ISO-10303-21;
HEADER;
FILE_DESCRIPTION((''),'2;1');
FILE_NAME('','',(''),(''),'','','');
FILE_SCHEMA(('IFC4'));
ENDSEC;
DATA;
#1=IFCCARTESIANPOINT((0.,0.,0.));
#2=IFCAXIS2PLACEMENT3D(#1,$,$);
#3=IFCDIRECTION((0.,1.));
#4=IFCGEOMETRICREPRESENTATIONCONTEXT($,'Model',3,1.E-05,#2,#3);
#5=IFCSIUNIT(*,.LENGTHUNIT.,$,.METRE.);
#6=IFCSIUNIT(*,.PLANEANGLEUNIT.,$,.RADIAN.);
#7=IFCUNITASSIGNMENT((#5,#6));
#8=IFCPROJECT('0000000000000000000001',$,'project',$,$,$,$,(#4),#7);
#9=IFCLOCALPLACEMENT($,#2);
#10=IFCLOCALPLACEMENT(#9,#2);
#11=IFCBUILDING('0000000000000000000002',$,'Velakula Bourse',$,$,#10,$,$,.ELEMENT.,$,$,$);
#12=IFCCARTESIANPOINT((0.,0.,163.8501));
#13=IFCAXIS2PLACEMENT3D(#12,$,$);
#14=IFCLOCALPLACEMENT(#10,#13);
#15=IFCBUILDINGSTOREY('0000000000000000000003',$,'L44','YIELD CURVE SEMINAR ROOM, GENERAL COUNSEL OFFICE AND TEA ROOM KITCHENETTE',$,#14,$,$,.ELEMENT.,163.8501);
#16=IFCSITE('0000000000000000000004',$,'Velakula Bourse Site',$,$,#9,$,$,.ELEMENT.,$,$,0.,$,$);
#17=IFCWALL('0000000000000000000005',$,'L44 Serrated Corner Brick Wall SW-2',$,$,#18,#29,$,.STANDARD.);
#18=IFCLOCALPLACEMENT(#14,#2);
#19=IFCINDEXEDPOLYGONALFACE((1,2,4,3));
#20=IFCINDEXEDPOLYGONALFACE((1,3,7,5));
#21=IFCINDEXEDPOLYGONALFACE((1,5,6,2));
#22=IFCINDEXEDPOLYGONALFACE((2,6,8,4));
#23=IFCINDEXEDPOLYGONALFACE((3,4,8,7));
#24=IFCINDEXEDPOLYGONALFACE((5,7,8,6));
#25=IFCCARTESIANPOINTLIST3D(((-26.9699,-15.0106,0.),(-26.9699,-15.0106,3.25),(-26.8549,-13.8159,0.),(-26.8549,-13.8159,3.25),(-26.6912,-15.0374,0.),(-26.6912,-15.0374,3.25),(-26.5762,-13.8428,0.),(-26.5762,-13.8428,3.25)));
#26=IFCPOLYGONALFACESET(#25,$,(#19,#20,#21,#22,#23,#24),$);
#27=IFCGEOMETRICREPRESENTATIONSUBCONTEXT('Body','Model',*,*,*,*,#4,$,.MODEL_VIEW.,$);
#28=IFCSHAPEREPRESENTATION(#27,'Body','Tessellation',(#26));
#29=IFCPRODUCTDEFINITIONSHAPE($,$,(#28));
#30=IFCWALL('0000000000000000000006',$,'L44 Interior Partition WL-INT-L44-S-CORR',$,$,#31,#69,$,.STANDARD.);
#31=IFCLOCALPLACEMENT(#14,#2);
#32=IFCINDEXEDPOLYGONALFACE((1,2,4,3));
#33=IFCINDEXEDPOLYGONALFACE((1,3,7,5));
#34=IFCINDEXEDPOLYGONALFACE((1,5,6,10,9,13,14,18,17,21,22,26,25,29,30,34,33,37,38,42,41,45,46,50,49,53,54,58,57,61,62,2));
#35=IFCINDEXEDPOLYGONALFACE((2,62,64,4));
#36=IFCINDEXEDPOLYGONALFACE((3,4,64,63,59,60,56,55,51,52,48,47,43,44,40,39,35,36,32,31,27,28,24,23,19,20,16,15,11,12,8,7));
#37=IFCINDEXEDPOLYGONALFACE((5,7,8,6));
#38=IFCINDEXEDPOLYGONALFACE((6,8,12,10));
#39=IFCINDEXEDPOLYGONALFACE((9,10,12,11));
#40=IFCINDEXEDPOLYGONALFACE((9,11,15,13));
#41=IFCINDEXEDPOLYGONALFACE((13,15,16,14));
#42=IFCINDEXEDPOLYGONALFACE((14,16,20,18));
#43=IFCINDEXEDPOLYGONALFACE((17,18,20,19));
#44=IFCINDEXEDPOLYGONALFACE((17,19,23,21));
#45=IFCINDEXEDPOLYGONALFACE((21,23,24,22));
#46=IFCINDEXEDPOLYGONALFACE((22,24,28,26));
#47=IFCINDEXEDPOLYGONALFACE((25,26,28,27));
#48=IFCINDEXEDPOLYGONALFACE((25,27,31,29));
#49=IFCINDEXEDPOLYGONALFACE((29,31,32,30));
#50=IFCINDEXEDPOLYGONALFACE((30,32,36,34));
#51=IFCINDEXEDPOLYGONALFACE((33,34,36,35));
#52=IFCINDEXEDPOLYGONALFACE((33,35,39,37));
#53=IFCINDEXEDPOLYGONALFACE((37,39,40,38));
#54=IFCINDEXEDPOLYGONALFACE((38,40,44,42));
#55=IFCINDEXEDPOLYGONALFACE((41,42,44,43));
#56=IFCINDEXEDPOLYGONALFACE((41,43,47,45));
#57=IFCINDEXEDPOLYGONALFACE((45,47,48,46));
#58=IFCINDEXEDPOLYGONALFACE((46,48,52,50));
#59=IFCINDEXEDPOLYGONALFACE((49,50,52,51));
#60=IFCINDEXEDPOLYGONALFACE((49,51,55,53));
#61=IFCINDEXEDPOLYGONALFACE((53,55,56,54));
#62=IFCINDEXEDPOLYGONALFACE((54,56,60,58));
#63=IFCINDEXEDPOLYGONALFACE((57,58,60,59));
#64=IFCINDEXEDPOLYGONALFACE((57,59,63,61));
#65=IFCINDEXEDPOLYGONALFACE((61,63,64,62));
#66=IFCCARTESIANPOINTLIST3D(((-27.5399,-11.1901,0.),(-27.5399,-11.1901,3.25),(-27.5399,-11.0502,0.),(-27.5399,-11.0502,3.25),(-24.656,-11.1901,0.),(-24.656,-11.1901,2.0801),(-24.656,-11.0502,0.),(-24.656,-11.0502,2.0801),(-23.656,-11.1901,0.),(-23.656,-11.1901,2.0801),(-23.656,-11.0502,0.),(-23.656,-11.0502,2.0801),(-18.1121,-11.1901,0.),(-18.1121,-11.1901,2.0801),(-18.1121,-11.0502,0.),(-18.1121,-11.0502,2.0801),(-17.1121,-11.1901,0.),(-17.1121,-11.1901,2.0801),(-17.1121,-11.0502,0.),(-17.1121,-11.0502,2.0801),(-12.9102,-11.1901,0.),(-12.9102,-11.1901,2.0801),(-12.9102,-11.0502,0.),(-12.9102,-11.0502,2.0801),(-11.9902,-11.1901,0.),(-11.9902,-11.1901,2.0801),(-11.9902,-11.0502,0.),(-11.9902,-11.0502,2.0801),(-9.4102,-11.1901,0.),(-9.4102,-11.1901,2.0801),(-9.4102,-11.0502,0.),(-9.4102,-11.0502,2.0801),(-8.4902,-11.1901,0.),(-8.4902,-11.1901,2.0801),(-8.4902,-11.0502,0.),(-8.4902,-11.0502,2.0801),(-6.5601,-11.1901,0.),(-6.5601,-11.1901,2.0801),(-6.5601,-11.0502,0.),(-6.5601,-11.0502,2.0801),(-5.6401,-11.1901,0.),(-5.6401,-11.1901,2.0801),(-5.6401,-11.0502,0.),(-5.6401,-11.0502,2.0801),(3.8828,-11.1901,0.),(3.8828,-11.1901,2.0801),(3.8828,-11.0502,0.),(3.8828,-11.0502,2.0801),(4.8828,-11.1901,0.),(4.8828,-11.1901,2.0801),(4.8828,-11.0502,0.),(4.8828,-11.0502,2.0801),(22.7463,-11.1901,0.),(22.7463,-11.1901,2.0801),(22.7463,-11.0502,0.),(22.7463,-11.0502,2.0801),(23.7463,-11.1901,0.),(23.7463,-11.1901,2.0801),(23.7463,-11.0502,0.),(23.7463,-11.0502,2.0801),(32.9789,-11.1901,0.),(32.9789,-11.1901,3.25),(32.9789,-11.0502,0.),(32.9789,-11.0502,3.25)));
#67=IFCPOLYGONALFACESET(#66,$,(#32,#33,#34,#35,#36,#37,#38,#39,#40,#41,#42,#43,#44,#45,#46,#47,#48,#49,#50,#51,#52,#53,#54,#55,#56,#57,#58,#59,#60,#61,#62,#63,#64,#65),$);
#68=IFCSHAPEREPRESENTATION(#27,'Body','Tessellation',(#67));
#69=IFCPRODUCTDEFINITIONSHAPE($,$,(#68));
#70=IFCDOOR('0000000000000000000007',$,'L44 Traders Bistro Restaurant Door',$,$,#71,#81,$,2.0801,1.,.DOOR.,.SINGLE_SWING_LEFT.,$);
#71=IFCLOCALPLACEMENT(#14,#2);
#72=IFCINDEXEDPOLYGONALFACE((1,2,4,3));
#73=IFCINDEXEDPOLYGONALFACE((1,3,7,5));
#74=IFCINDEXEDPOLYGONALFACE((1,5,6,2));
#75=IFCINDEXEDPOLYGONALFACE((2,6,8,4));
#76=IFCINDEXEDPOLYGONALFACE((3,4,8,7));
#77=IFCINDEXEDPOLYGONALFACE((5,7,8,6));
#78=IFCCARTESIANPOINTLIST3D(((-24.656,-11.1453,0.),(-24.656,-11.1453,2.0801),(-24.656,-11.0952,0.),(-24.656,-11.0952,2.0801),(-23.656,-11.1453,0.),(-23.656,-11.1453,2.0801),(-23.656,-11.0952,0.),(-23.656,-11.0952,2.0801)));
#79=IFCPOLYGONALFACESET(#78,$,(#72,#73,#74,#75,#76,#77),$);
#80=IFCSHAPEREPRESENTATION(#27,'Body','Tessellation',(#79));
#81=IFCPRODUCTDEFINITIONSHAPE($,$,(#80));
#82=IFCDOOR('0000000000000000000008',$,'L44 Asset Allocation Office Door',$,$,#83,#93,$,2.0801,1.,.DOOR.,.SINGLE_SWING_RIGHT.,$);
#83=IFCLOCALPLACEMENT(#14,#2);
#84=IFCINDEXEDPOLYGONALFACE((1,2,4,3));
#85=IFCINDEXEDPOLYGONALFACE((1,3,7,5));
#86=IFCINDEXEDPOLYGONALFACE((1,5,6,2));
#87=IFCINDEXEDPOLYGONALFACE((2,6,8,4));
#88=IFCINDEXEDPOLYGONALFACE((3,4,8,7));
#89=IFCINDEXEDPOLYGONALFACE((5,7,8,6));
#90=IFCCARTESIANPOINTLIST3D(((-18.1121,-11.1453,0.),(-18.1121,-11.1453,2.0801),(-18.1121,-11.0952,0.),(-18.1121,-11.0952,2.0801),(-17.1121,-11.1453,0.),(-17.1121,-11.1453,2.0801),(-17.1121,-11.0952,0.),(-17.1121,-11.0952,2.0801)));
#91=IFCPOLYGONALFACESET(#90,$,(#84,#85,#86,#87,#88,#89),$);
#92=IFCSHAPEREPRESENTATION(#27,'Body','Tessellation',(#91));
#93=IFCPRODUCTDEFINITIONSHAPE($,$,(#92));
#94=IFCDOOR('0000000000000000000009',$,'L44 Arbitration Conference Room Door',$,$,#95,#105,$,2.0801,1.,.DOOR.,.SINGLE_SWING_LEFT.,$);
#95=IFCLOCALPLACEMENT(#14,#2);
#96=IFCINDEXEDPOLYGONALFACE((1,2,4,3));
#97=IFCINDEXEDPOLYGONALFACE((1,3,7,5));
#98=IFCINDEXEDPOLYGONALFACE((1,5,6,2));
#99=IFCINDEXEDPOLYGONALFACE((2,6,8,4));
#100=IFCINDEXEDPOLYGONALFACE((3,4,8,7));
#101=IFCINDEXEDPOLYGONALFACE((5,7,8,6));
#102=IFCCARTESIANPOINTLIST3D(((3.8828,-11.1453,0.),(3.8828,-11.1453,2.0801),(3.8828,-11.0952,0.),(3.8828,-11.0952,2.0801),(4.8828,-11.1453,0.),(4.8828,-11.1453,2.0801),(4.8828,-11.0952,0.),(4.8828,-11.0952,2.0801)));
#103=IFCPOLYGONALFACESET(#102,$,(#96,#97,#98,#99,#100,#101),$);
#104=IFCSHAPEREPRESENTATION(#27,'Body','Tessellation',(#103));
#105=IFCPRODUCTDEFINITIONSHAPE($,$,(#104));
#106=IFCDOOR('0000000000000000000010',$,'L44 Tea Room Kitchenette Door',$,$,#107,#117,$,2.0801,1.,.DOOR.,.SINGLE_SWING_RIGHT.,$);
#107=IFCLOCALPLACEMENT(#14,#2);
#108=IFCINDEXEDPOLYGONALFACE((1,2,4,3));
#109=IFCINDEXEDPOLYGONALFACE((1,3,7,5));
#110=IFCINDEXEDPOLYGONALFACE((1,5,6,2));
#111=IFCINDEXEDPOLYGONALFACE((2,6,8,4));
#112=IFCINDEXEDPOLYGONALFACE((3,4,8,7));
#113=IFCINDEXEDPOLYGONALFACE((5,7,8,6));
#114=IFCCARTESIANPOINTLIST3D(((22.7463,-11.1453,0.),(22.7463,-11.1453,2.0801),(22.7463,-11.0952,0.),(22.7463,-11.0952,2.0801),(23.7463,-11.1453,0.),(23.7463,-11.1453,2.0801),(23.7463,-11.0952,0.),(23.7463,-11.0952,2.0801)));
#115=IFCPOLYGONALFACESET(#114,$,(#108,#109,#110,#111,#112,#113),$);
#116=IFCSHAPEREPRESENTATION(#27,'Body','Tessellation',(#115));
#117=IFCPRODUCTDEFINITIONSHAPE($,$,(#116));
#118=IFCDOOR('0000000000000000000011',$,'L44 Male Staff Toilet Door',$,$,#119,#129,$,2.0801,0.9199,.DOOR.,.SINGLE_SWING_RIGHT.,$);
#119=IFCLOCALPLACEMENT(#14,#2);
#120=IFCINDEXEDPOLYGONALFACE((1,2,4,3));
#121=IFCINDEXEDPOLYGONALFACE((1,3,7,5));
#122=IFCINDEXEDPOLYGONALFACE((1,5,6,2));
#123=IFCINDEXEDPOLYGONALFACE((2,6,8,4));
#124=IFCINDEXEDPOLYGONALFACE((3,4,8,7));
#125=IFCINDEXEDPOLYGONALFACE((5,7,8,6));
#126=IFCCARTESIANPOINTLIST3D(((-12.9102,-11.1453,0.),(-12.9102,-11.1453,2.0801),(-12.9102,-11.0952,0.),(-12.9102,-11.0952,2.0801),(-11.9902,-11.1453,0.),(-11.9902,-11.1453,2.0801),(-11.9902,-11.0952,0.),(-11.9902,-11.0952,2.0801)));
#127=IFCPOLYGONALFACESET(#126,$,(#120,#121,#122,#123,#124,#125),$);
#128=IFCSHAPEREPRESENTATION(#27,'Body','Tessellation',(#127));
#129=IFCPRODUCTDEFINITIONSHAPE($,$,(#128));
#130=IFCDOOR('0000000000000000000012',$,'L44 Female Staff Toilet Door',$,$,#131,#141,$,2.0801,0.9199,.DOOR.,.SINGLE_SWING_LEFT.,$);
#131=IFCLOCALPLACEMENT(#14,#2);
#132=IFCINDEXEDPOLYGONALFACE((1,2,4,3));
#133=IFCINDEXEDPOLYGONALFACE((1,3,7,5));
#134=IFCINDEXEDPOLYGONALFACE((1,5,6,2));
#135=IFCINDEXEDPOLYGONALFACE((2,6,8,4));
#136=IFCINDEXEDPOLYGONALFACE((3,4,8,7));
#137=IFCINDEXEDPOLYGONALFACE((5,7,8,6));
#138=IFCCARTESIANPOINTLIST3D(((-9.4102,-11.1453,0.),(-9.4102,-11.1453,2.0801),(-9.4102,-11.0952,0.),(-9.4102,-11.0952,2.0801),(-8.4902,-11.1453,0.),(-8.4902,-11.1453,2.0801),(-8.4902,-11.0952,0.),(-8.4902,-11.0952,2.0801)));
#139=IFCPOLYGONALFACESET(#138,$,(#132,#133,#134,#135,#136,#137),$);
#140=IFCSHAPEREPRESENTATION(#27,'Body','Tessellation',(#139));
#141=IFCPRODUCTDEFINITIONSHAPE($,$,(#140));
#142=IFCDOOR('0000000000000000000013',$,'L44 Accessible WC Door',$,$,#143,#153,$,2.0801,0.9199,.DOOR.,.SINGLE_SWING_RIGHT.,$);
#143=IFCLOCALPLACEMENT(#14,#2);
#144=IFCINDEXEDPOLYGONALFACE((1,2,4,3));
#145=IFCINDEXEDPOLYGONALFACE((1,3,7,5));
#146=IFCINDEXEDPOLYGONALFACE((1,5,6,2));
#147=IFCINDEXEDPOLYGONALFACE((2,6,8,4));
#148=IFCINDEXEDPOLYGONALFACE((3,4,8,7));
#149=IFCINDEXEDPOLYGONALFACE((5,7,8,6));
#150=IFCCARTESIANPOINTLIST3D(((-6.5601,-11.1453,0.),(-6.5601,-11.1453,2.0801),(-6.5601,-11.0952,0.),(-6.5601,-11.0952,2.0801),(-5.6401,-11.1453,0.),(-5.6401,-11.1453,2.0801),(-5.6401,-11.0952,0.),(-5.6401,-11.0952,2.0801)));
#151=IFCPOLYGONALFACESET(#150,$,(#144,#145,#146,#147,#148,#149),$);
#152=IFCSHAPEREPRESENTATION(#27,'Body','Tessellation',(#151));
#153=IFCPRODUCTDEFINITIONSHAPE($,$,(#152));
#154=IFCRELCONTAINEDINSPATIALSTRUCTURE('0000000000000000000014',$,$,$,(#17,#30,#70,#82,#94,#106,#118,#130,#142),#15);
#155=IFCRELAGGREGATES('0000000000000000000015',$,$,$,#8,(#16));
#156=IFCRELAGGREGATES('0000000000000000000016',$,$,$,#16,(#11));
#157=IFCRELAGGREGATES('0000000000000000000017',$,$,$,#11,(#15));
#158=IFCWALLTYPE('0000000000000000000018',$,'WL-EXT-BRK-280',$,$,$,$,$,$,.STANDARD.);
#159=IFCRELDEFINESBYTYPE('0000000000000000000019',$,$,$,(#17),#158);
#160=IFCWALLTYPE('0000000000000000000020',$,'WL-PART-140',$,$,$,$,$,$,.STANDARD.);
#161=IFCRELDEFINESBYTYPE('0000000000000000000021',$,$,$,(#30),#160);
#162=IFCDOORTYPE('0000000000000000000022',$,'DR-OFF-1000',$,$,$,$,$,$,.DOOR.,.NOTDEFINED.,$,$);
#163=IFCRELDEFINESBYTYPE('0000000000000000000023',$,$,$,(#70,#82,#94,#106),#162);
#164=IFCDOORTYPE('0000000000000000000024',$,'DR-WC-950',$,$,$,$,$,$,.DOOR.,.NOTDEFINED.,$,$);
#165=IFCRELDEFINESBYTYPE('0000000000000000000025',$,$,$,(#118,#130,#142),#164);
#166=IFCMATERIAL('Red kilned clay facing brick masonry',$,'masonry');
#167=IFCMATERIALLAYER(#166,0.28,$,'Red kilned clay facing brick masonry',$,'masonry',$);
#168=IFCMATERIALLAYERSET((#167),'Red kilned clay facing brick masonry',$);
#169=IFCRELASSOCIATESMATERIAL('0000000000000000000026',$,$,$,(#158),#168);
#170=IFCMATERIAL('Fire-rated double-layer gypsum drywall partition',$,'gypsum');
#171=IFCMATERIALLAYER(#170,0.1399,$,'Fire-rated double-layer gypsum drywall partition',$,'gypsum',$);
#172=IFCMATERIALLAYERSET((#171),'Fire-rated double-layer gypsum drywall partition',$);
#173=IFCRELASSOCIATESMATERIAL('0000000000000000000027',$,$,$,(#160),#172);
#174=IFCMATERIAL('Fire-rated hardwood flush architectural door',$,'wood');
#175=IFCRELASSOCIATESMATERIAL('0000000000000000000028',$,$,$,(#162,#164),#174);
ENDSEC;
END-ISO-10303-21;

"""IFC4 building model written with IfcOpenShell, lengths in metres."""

from ifc_helpers import new_model, si_unit, direction, frame, frame_2d, origin, place, context, subcontext, project, spatial, rectangle, extrude, material, layer, layer_set, type_object, element, fill, save


model = new_model("IFC4")

# Units and contexts
model_context = context("Model", 3, precision=1e-05, world=origin(), true_north=direction((0.0, 1.0)))
body_context = subcontext(model_context, "Body", "Model", "MODEL_VIEW")
ifc_project = project(units=[si_unit("LENGTHUNIT", "METRE"), si_unit("PLANEANGLEUNIT", "RADIAN")], contexts=[model_context])

# Site, building, storey
site_placement = place(None, origin())
site = spatial("IfcSite", under=ifc_project, at=site_placement, Name="Velakula Bourse Site", CompositionType="ELEMENT", RefElevation=0.0)
building_placement = place(site_placement, origin())
building = spatial("IfcBuilding", under=site, at=building_placement, Name="Velakula Bourse", CompositionType="ELEMENT")
storey_placement = place(building_placement, frame((0.0, 0.0, 163.8501)))
storey = spatial("IfcBuildingStorey", under=building, at=storey_placement, Name="L44", Description="YIELD CURVE SEMINAR ROOM, GENERAL COUNSEL OFFICE AND TEA ROOM KITCHENETTE", CompositionType="ELEMENT", Elevation=163.8501)

# Shared definitions
ifc_material_1 = material(Name="Red kilned clay facing brick masonry", Category="masonry")
ifc_layer_1 = layer(ifc_material_1, 0.28, Name="Red kilned clay facing brick masonry", Category="masonry")
ifc_layer_set_1 = layer_set([ifc_layer_1], Name="Red kilned clay facing brick masonry")
wall_type_1 = type_object("IfcWallType", Name="WL-EXT-BRK-280", PredefinedType="STANDARD", material=ifc_layer_set_1)

# Wall
wall_1_placement = place(storey_placement, frame((-26.7156, -13.8293, 0.0), z_axis=(0.0, 0.0, 1.0), x_axis=(-0.095817, -0.995399, 0.0)))
element("IfcWall", 1, at=wall_1_placement, inside=storey, type_object=wall_type_1, Name="L44 Serrated Corner Brick Wall SW-2", PredefinedType="STANDARD", context=body_context, shape_type="SweptSolid", body=[
    extrude(rectangle(XDim=1.2002, YDim=0.28, at=frame_2d((0.6001, 0.0))), origin(), (0.0, 0.0, 1.0), 3.25),
])

# Wall, openings, doors
ifc_material_2 = material(Name="Fire-rated double-layer gypsum drywall partition", Category="gypsum")
ifc_layer_2 = layer(ifc_material_2, 0.1399, Name="Fire-rated double-layer gypsum drywall partition", Category="gypsum")
ifc_layer_set_2 = layer_set([ifc_layer_2], Name="Fire-rated double-layer gypsum drywall partition")
wall_type_2 = type_object("IfcWallType", Name="WL-PART-140", PredefinedType="STANDARD", material=ifc_layer_set_2)
wall_2_placement = place(storey_placement, frame((-27.5398, -11.1201, 0.0), z_axis=(0.0, 0.0, 1.0), x_axis=(1.0, 0.0, 0.0)))
wall_2 = element("IfcWall", 2, at=wall_2_placement, inside=storey, type_object=wall_type_2, Name="L44 Interior Partition WL-INT-L44-S-CORR", PredefinedType="STANDARD", context=body_context, shape_type="SweptSolid", body=[
    extrude(rectangle(XDim=60.5188, YDim=0.1399, at=frame_2d((30.2593, 0.0))), origin(), (0.0, 0.0, 1.0), 3.25),
])
opening_1_placement = place(wall_2_placement, frame((14.6296, 0.0, 0.0)))
opening_1 = element("IfcOpeningElement", 3, at=opening_1_placement, cuts=wall_2, PredefinedType="OPENING", context=body_context, shape_type="SweptSolid", body=[
    extrude(rectangle(XDim=0.9199, YDim=2.0801, at=frame_2d((0.46, 1.04))), frame((0.0, 0.0798, 0.0), z_axis=(0.0, -1.0, 0.0), x_axis=(1.0, 0.0, 0.0)), (0.0, 0.0, 1.0), 0.1599),
])
opening_2_placement = place(wall_2_placement, frame((18.1296, 0.0, 0.0)))
opening_2 = element("IfcOpeningElement", 4, at=opening_2_placement, cuts=wall_2, PredefinedType="OPENING", context=body_context, shape_type="SweptSolid", body=[
    extrude(rectangle(XDim=0.9199, YDim=2.0801, at=frame_2d((0.46, 1.04))), frame((0.0, 0.0798, 0.0), z_axis=(0.0, -1.0, 0.0), x_axis=(1.0, 0.0, 0.0)), (0.0, 0.0, 1.0), 0.1599),
])
opening_3_placement = place(wall_2_placement, frame((20.9797, 0.0, 0.0)))
opening_3 = element("IfcOpeningElement", 5, at=opening_3_placement, cuts=wall_2, PredefinedType="OPENING", context=body_context, shape_type="SweptSolid", body=[
    extrude(rectangle(XDim=0.9199, YDim=2.0801, at=frame_2d((0.46, 1.04))), frame((0.0, 0.0798, 0.0), z_axis=(0.0, -1.0, 0.0), x_axis=(1.0, 0.0, 0.0)), (0.0, 0.0, 1.0), 0.1599),
])
opening_4_placement = place(wall_2_placement, frame((2.8838, 0.0, 0.0)))
opening_4 = element("IfcOpeningElement", 6, at=opening_4_placement, cuts=wall_2, PredefinedType="OPENING", context=body_context, shape_type="SweptSolid", body=[
    extrude(rectangle(XDim=1.0, YDim=2.0801, at=frame_2d((0.5, 1.04))), frame((0.0, 0.0798, 0.0), z_axis=(0.0, -1.0, 0.0), x_axis=(1.0, 0.0, 0.0)), (0.0, 0.0, 1.0), 0.1599),
])
opening_5_placement = place(wall_2_placement, frame((9.4277, 0.0, 0.0)))
opening_5 = element("IfcOpeningElement", 7, at=opening_5_placement, cuts=wall_2, PredefinedType="OPENING", context=body_context, shape_type="SweptSolid", body=[
    extrude(rectangle(XDim=1.0, YDim=2.0801, at=frame_2d((0.5, 1.04))), frame((0.0, 0.0798, 0.0), z_axis=(0.0, -1.0, 0.0), x_axis=(1.0, 0.0, 0.0)), (0.0, 0.0, 1.0), 0.1599),
])
opening_6_placement = place(wall_2_placement, frame((31.4226, 0.0, 0.0)))
opening_6 = element("IfcOpeningElement", 8, at=opening_6_placement, cuts=wall_2, PredefinedType="OPENING", context=body_context, shape_type="SweptSolid", body=[
    extrude(rectangle(XDim=1.0, YDim=2.0801, at=frame_2d((0.5, 1.04))), frame((0.0, 0.0798, 0.0), z_axis=(0.0, -1.0, 0.0), x_axis=(1.0, 0.0, 0.0)), (0.0, 0.0, 1.0), 0.1599),
])
opening_7_placement = place(wall_2_placement, frame((50.2861, 0.0, 0.0)))
opening_7 = element("IfcOpeningElement", 9, at=opening_7_placement, cuts=wall_2, PredefinedType="OPENING", context=body_context, shape_type="SweptSolid", body=[
    extrude(rectangle(XDim=1.0, YDim=2.0801, at=frame_2d((0.5, 1.04))), frame((0.0, 0.0798, 0.0), z_axis=(0.0, -1.0, 0.0), x_axis=(1.0, 0.0, 0.0)), (0.0, 0.0, 1.0), 0.1599),
])
ifc_material_3 = material(Name="Fire-rated hardwood flush architectural door", Category="wood")
door_type_1 = type_object("IfcDoorType", Name="DR-OFF-1000", OperationType="NOTDEFINED", PredefinedType="DOOR", material=ifc_material_3)
door_1_placement = place(opening_4_placement, origin())
door_1 = element("IfcDoor", 10, at=door_1_placement, inside=storey, type_object=door_type_1, Name="L44 Traders Bistro Restaurant Door", OperationType="SINGLE_SWING_LEFT", OverallHeight=2.0801, OverallWidth=1.0, PredefinedType="DOOR", context=body_context, shape_type="SweptSolid", body=[
    extrude(rectangle(XDim=1.0, YDim=2.0801, at=frame_2d((0.5, 1.04))), frame((0.0, 0.0249, 0.0), z_axis=(0.0, -1.0, 0.0), x_axis=(1.0, 0.0, 0.0)), (0.0, 0.0, 1.0), 0.05),
])
fill(opening_4, door_1)
door_2_placement = place(opening_5_placement, origin())
door_2 = element("IfcDoor", 11, at=door_2_placement, inside=storey, type_object=door_type_1, Name="L44 Asset Allocation Office Door", OperationType="SINGLE_SWING_RIGHT", OverallHeight=2.0801, OverallWidth=1.0, PredefinedType="DOOR", context=body_context, shape_type="SweptSolid", body=[
    extrude(rectangle(XDim=1.0, YDim=2.0801, at=frame_2d((0.5, 1.04))), frame((0.0, 0.0249, 0.0), z_axis=(0.0, -1.0, 0.0), x_axis=(1.0, 0.0, 0.0)), (0.0, 0.0, 1.0), 0.05),
])
fill(opening_5, door_2)
door_3_placement = place(opening_6_placement, origin())
door_3 = element("IfcDoor", 12, at=door_3_placement, inside=storey, type_object=door_type_1, Name="L44 Arbitration Conference Room Door", OperationType="SINGLE_SWING_LEFT", OverallHeight=2.0801, OverallWidth=1.0, PredefinedType="DOOR", context=body_context, shape_type="SweptSolid", body=[
    extrude(rectangle(XDim=1.0, YDim=2.0801, at=frame_2d((0.5, 1.04))), frame((0.0, 0.0249, 0.0), z_axis=(0.0, -1.0, 0.0), x_axis=(1.0, 0.0, 0.0)), (0.0, 0.0, 1.0), 0.05),
])
fill(opening_6, door_3)
door_4_placement = place(opening_7_placement, origin())
door_4 = element("IfcDoor", 13, at=door_4_placement, inside=storey, type_object=door_type_1, Name="L44 Tea Room Kitchenette Door", OperationType="SINGLE_SWING_RIGHT", OverallHeight=2.0801, OverallWidth=1.0, PredefinedType="DOOR", context=body_context, shape_type="SweptSolid", body=[
    extrude(rectangle(XDim=1.0, YDim=2.0801, at=frame_2d((0.5, 1.04))), frame((0.0, 0.0249, 0.0), z_axis=(0.0, -1.0, 0.0), x_axis=(1.0, 0.0, 0.0)), (0.0, 0.0, 1.0), 0.05),
])
fill(opening_7, door_4)
door_type_2 = type_object("IfcDoorType", Name="DR-WC-950", OperationType="NOTDEFINED", PredefinedType="DOOR", material=ifc_material_3)
door_5_placement = place(opening_1_placement, origin())
door_5 = element("IfcDoor", 14, at=door_5_placement, inside=storey, type_object=door_type_2, Name="L44 Male Staff Toilet Door", OperationType="SINGLE_SWING_RIGHT", OverallHeight=2.0801, OverallWidth=0.9199, PredefinedType="DOOR", context=body_context, shape_type="SweptSolid", body=[
    extrude(rectangle(XDim=0.9199, YDim=2.0801, at=frame_2d((0.46, 1.04))), frame((0.0, 0.0249, 0.0), z_axis=(0.0, -1.0, 0.0), x_axis=(1.0, 0.0, 0.0)), (0.0, 0.0, 1.0), 0.05),
])
fill(opening_1, door_5)
door_6_placement = place(opening_2_placement, origin())
door_6 = element("IfcDoor", 15, at=door_6_placement, inside=storey, type_object=door_type_2, Name="L44 Female Staff Toilet Door", OperationType="SINGLE_SWING_LEFT", OverallHeight=2.0801, OverallWidth=0.9199, PredefinedType="DOOR", context=body_context, shape_type="SweptSolid", body=[
    extrude(rectangle(XDim=0.9199, YDim=2.0801, at=frame_2d((0.46, 1.04))), frame((0.0, 0.0249, 0.0), z_axis=(0.0, -1.0, 0.0), x_axis=(1.0, 0.0, 0.0)), (0.0, 0.0, 1.0), 0.05),
])
fill(opening_2, door_6)
door_7_placement = place(opening_3_placement, origin())
door_7 = element("IfcDoor", 16, at=door_7_placement, inside=storey, type_object=door_type_2, Name="L44 Accessible WC Door", OperationType="SINGLE_SWING_RIGHT", OverallHeight=2.0801, OverallWidth=0.9199, PredefinedType="DOOR", context=body_context, shape_type="SweptSolid", body=[
    extrude(rectangle(XDim=0.9199, YDim=2.0801, at=frame_2d((0.46, 1.04))), frame((0.0, 0.0249, 0.0), z_axis=(0.0, -1.0, 0.0), x_axis=(1.0, 0.0, 0.0)), (0.0, 0.0, 1.0), 0.05),
])
fill(opening_3, door_7)

save(model, "model.ifc")
